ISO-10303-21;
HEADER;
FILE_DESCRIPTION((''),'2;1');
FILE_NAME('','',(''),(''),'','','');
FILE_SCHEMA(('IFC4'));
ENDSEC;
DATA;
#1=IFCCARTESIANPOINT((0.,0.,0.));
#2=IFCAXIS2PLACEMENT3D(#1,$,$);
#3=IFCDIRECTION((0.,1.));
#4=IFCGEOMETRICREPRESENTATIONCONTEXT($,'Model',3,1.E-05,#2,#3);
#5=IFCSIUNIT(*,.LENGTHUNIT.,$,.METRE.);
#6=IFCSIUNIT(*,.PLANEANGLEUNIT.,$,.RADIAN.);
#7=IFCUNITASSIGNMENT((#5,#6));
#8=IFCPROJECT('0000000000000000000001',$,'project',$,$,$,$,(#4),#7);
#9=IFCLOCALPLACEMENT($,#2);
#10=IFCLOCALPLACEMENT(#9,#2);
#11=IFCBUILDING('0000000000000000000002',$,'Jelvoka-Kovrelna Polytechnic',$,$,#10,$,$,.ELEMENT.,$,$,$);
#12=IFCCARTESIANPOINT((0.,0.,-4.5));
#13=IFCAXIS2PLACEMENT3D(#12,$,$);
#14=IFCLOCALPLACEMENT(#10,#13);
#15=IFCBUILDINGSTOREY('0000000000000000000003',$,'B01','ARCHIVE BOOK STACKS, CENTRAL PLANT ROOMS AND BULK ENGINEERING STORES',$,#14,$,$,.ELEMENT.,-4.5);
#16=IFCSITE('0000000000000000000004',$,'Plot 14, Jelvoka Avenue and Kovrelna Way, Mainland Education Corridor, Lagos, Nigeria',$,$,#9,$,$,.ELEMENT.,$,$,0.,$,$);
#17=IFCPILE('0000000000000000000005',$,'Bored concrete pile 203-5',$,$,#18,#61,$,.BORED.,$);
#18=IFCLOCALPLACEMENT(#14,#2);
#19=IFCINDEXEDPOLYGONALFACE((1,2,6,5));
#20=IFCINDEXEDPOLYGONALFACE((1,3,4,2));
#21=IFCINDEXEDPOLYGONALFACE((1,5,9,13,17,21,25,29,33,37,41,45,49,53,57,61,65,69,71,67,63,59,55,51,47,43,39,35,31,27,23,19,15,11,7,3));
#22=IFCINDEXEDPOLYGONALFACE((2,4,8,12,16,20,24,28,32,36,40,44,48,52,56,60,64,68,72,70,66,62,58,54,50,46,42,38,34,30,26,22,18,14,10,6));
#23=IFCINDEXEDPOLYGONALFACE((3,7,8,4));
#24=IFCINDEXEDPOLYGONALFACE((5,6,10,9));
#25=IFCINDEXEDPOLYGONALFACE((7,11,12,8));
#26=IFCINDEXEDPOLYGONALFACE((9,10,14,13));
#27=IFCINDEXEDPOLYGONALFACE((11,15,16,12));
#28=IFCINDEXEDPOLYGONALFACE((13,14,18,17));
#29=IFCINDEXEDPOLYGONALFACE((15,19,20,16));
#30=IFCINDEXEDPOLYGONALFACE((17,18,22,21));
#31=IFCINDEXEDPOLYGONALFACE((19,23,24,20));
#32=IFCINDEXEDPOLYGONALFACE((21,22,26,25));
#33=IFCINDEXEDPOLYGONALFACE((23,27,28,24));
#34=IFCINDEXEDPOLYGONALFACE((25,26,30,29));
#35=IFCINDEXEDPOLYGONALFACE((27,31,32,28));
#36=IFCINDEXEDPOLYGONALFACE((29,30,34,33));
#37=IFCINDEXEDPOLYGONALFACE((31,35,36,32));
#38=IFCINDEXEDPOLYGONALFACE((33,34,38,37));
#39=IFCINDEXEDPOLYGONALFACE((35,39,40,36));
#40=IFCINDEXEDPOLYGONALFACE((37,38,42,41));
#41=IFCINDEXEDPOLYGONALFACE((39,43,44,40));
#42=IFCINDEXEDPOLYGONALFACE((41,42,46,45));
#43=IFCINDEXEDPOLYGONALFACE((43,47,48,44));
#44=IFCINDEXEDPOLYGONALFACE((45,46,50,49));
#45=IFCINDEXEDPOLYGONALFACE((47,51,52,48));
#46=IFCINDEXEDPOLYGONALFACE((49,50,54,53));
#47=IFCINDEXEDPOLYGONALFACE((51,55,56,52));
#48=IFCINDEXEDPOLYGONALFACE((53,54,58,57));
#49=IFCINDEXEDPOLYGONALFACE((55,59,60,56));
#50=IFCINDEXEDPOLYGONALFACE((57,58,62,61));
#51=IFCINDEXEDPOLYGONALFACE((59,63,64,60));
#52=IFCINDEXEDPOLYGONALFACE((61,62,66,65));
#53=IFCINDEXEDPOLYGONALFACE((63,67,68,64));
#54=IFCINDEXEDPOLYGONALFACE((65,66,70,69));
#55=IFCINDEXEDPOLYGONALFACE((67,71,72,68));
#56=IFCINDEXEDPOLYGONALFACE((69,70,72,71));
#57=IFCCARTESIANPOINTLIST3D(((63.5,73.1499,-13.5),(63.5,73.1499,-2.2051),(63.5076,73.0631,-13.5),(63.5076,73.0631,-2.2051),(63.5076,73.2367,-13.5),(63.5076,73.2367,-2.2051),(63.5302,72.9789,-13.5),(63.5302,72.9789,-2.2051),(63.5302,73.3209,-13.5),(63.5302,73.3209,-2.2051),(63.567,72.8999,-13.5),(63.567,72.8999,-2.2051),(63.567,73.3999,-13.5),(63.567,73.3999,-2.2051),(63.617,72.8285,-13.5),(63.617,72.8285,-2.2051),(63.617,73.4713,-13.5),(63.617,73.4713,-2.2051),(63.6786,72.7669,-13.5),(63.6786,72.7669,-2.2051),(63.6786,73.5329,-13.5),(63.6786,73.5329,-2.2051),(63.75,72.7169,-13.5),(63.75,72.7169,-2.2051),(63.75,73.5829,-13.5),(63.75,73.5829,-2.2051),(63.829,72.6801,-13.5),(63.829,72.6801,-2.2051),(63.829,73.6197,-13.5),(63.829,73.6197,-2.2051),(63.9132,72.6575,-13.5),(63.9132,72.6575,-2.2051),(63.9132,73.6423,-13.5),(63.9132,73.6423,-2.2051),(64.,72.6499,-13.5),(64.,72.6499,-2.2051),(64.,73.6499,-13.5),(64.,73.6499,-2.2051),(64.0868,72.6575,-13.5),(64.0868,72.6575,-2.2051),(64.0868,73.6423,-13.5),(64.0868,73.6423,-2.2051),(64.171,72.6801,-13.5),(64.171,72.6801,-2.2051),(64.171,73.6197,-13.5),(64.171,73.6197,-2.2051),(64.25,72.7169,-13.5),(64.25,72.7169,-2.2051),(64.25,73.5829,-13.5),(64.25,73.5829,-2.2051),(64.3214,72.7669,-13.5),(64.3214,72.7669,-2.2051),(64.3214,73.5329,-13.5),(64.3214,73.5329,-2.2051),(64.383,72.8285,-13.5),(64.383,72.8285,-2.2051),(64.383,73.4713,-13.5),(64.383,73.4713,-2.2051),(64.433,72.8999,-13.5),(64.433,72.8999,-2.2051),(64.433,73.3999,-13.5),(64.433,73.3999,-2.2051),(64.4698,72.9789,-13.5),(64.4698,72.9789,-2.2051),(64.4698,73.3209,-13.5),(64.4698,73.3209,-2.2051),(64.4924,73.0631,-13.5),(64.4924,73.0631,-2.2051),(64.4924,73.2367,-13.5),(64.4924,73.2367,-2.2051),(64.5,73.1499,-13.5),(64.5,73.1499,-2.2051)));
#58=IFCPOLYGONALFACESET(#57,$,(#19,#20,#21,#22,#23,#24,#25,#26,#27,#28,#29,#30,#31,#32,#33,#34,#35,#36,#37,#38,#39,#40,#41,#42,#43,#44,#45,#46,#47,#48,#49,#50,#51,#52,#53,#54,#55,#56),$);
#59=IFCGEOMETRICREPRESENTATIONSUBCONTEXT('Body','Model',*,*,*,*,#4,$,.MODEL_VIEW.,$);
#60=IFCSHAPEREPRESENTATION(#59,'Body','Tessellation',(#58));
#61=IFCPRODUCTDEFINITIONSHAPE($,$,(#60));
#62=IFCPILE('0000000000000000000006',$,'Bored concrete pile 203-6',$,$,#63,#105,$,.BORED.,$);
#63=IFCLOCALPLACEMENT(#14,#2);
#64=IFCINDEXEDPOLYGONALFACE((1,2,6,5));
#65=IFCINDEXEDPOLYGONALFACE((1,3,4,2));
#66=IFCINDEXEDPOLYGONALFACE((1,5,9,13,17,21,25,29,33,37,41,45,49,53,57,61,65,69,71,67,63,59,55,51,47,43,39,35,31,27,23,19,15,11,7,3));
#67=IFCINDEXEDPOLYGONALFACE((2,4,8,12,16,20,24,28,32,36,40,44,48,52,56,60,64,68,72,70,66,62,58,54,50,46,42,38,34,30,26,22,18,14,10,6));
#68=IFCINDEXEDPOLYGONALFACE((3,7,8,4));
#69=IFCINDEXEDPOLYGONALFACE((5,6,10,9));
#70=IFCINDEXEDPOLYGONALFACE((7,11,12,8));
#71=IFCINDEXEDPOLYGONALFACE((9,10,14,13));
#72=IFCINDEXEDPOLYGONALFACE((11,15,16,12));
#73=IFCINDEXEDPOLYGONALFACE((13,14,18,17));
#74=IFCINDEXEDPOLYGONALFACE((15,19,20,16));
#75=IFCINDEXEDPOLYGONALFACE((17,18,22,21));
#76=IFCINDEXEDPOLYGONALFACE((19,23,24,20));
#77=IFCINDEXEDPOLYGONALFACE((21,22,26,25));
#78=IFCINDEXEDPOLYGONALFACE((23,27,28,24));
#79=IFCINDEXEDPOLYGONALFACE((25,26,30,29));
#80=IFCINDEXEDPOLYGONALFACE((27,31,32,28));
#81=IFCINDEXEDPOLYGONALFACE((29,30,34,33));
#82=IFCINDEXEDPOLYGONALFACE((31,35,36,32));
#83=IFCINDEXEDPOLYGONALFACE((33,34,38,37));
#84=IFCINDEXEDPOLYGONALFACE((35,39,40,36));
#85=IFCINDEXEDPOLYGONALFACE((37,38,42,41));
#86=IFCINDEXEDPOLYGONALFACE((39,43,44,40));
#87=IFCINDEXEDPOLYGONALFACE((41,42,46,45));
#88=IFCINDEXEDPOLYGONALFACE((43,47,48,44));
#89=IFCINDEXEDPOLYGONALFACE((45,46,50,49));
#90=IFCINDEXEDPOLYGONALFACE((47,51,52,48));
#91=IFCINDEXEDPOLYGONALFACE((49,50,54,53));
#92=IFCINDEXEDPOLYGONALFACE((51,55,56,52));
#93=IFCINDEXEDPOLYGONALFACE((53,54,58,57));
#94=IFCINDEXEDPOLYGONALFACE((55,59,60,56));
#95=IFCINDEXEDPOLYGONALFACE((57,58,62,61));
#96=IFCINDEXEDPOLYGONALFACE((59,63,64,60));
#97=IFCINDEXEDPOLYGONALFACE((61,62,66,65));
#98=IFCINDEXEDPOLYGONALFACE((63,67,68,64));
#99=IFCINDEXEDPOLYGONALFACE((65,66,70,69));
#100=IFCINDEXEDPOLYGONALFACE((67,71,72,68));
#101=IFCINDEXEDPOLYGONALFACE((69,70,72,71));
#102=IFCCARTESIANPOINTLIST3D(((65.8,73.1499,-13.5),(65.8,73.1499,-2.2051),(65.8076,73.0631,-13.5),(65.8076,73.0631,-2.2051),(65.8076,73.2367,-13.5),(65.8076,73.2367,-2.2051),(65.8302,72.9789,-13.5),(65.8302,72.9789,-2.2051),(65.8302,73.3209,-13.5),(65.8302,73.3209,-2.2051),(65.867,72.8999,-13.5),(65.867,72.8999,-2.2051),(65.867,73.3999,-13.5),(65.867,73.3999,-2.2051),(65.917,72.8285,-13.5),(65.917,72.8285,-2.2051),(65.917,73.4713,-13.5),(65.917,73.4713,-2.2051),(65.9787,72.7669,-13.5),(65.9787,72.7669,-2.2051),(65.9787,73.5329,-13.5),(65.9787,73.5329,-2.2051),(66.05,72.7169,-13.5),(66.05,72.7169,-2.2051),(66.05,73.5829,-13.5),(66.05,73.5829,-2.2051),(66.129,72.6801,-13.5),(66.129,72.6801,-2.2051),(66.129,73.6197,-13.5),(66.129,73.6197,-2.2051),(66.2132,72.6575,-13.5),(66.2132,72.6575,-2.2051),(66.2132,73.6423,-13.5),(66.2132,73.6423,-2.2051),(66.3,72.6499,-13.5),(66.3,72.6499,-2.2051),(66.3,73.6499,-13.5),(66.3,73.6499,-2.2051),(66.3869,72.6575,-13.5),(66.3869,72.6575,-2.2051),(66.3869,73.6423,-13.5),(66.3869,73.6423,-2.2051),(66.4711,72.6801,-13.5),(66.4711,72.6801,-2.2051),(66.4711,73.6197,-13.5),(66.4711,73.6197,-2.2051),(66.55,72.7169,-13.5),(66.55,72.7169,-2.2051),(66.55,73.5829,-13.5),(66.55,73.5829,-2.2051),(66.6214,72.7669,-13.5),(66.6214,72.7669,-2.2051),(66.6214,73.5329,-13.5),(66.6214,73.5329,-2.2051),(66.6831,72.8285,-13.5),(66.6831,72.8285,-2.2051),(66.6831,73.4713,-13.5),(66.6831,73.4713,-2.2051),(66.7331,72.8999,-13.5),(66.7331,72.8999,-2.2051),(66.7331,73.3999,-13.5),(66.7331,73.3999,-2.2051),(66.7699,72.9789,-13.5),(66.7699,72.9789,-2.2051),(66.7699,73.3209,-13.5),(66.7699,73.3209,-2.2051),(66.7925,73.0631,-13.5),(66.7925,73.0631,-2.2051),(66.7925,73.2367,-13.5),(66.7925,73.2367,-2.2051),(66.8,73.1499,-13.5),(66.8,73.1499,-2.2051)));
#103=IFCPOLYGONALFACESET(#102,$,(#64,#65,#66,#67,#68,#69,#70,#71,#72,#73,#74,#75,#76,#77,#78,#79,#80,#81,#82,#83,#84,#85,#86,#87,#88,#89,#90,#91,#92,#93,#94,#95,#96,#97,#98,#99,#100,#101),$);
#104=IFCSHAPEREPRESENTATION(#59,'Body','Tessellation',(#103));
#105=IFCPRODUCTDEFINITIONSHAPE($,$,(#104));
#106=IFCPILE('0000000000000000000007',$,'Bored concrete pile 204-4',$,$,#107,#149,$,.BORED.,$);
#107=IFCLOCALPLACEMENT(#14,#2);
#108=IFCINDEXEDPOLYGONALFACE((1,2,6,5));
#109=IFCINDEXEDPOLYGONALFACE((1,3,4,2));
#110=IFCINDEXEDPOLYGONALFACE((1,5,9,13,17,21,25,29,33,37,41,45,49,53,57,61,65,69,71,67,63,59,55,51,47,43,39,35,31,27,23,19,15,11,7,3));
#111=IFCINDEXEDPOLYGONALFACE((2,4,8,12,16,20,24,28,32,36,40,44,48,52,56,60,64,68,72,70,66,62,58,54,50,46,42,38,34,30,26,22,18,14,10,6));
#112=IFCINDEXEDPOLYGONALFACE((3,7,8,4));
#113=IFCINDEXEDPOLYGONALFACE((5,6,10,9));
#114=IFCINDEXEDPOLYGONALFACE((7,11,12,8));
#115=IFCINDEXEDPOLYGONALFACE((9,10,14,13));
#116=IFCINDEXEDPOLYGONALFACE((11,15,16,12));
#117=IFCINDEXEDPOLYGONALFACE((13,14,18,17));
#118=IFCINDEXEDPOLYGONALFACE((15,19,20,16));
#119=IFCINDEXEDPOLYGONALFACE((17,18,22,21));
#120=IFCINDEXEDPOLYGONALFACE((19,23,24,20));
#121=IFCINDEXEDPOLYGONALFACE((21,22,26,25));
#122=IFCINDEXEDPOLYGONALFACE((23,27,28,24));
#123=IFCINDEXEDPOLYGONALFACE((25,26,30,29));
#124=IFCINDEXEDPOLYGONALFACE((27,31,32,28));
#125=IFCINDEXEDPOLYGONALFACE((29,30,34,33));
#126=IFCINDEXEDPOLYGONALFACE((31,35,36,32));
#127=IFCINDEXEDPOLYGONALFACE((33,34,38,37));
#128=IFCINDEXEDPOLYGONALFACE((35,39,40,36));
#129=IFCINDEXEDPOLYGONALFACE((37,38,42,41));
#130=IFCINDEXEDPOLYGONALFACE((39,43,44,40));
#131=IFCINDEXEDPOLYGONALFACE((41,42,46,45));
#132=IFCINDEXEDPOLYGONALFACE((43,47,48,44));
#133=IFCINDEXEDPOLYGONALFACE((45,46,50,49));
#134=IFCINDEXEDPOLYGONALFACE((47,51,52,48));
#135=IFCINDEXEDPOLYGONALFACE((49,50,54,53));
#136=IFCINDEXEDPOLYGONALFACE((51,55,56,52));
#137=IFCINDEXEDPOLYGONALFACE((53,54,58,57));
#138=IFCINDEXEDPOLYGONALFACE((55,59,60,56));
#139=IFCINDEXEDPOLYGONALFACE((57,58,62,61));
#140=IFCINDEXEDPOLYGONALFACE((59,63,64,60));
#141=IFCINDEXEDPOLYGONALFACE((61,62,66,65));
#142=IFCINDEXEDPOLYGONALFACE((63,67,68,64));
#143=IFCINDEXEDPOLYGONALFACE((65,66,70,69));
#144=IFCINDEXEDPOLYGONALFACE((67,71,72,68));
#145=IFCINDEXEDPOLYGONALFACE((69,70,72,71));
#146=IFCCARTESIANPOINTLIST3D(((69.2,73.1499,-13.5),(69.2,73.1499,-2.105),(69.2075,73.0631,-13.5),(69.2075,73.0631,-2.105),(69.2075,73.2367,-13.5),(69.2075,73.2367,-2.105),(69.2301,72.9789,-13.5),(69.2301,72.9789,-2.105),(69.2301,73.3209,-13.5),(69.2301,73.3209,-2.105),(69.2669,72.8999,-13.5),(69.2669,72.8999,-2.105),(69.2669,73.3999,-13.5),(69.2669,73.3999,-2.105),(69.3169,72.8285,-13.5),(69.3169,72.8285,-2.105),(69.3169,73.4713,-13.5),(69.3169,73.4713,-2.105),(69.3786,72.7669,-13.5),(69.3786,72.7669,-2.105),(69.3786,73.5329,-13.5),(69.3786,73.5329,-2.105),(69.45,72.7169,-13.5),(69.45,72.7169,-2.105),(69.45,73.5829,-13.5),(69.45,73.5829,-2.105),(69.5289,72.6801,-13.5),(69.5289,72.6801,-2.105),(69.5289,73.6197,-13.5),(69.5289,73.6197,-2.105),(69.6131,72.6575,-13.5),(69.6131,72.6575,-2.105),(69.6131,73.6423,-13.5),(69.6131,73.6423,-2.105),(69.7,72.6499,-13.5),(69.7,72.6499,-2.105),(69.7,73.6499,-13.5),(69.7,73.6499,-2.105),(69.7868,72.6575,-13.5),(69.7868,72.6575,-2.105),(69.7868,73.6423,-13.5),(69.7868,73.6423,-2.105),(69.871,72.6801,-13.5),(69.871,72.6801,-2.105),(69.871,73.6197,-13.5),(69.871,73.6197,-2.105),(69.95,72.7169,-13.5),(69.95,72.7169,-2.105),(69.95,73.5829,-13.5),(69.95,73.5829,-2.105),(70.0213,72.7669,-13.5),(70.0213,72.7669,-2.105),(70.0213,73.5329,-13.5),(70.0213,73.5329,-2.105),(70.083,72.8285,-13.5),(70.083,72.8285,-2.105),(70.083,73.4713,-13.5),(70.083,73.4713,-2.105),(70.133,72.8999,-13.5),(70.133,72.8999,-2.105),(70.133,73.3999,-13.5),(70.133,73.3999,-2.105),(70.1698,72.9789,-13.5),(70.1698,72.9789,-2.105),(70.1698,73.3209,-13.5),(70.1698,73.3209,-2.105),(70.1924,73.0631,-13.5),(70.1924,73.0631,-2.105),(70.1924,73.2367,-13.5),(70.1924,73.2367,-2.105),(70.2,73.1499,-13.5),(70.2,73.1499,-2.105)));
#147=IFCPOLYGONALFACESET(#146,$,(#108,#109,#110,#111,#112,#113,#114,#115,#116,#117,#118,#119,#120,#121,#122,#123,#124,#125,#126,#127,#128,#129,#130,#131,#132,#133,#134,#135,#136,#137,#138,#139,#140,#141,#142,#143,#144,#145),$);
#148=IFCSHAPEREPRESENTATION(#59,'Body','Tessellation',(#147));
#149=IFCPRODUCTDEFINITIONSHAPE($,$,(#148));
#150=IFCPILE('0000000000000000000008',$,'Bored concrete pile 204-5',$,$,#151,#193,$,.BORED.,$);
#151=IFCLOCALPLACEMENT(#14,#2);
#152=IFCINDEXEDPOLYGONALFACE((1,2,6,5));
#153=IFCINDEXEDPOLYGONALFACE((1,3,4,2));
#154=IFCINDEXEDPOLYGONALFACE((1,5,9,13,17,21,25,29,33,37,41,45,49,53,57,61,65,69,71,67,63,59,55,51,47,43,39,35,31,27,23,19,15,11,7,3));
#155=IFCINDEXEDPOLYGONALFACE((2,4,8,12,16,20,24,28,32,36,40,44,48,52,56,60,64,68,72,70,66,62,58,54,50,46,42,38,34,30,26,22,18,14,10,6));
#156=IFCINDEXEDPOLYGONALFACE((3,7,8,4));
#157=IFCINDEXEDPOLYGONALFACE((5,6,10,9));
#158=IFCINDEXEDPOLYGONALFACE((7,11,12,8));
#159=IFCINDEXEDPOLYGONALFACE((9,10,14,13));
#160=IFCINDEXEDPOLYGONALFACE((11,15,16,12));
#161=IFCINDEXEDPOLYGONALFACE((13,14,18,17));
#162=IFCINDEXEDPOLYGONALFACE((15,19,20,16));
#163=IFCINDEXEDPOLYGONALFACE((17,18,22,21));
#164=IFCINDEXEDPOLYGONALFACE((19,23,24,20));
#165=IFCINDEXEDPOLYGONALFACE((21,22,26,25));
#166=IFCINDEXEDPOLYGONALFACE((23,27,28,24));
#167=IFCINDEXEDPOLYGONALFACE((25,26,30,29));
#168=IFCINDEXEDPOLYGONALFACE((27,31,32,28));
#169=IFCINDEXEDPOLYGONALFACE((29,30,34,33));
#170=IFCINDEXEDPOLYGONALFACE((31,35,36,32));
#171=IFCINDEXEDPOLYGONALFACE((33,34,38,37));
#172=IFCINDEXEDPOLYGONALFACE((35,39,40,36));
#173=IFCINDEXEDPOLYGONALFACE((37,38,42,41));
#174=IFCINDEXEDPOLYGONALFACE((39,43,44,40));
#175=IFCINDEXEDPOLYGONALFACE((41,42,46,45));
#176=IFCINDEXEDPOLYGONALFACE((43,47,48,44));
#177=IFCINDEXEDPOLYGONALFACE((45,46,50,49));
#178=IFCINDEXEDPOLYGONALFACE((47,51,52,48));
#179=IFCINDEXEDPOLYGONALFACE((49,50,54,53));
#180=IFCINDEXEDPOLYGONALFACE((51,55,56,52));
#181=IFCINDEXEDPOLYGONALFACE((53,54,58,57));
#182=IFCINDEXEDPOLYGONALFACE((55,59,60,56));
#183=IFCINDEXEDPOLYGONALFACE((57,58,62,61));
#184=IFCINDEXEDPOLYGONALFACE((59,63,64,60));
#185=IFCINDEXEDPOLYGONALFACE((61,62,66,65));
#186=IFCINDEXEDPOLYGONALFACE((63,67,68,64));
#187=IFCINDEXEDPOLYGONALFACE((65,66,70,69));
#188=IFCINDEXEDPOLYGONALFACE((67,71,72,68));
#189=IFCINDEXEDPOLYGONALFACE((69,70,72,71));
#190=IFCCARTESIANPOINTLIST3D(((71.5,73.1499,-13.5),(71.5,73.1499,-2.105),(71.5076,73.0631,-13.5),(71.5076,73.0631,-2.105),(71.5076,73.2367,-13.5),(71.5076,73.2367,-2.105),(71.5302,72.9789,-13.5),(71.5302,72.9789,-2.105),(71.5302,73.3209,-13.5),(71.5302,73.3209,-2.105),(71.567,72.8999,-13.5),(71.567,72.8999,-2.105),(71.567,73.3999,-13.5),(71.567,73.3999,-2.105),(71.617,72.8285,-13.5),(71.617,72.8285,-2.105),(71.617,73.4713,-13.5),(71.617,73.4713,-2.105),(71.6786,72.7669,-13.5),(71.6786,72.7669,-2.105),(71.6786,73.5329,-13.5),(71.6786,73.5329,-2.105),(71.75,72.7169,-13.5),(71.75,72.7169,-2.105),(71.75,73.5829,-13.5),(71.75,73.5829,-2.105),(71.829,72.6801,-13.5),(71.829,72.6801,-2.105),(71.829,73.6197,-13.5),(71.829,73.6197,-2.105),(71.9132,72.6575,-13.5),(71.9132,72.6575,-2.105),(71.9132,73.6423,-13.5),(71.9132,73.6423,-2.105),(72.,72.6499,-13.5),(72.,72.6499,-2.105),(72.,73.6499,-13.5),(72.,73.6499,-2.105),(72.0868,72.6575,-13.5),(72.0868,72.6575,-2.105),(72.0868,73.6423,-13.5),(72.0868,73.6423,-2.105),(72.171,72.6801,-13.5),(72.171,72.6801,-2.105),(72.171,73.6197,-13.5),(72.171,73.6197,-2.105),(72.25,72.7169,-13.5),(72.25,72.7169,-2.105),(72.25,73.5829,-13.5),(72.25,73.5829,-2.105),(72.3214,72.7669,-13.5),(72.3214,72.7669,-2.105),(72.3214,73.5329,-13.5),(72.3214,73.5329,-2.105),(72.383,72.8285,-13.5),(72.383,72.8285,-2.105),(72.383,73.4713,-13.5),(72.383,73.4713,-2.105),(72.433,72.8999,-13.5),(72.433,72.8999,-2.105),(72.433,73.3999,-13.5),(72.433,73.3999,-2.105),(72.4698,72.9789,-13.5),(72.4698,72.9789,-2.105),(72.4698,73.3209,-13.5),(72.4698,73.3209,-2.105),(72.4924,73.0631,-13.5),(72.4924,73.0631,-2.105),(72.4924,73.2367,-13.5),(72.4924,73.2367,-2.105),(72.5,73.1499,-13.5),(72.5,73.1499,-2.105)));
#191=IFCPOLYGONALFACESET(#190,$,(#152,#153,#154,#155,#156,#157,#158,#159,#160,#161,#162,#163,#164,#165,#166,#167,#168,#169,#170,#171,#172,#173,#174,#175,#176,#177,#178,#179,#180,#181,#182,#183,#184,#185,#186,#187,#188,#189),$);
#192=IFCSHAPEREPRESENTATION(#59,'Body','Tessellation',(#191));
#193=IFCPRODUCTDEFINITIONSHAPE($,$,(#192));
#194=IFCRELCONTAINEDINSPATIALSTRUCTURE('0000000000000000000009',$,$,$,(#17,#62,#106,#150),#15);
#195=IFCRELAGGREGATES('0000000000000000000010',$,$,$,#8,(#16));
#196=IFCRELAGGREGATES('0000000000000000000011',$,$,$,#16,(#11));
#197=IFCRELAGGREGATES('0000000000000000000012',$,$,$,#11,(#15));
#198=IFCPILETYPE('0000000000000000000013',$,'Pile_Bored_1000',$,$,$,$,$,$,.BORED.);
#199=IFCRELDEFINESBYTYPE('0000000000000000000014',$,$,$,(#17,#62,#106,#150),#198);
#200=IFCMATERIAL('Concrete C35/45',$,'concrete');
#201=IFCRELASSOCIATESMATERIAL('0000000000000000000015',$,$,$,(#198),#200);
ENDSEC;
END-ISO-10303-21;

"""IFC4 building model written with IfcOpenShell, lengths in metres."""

from ifc_helpers import new_model, si_unit, direction, frame, origin, origin_2d, place, context, subcontext, project, spatial, circle, extrude, material, material_profile, profile_set, type_object, element, save


model = new_model("IFC4")

# Units and contexts
model_context = context("Model", 3, precision=1e-05, world=origin(), true_north=direction((0.0, 1.0)))
body_context = subcontext(model_context, "Body", "Model", "MODEL_VIEW")
ifc_project = project(units=[si_unit("LENGTHUNIT", "METRE"), si_unit("PLANEANGLEUNIT", "RADIAN")], contexts=[model_context])

# Site, building, storey
site_placement = place(None, origin())
site = spatial("IfcSite", under=ifc_project, at=site_placement, Name="Plot 14, Jelvoka Avenue and Kovrelna Way, Mainland Education Corridor, Lagos, Nigeria", CompositionType="ELEMENT", RefElevation=0.0)
building_placement = place(site_placement, origin())
building = spatial("IfcBuilding", under=site, at=building_placement, Name="Jelvoka-Kovrelna Polytechnic", CompositionType="ELEMENT")
storey_placement = place(building_placement, frame((0.0, 0.0, -4.5)))
storey = spatial("IfcBuildingStorey", under=building, at=storey_placement, Name="B01", Description="ARCHIVE BOOK STACKS, CENTRAL PLANT ROOMS AND BULK ENGINEERING STORES", CompositionType="ELEMENT", Elevation=-4.5)

# Piles
ifc_material_1 = material(Name="Concrete C35/45", Category="concrete")
ifc_material_profile_1 = material_profile(ifc_material_1, circle(Radius=0.5, at=origin_2d()), Name="PILE D1000")
ifc_profile_set_1 = profile_set([ifc_material_profile_1], Name="Concrete C35/45")
pile_type = type_object("IfcPileType", Name="Pile_Bored_1000", PredefinedType="BORED", material=ifc_profile_set_1)
for number, where, z_axis, x_axis, name in (
    (1, (64.0, 73.1499, -2.2051), (0.0, 0.0, -1.0), (1.0, 0.0, 0.0), "Bored concrete pile 203-5"),
    (2, (66.3, 73.1499, -2.2051), (0.0, 0.0, -1.0), (1.0, 0.0, 0.0), "Bored concrete pile 203-6"),
):
    element("IfcPile", number, at=place(storey_placement, frame(where, z_axis=z_axis, x_axis=x_axis)), inside=storey, type_object=pile_type, Name=name, PredefinedType="BORED", context=body_context, shape_type="SweptSolid", body=[
        extrude(circle(Radius=0.5, at=origin_2d()), origin(), (0.0, 0.0, 1.0), 11.2949),
    ])
for number, where, z_axis, x_axis, name in (
    (3, (69.7, 73.1499, -2.105), (0.0, 0.0, -1.0), (1.0, 0.0, 0.0), "Bored concrete pile 204-4"),
    (4, (72.0, 73.1499, -2.105), (0.0, 0.0, -1.0), (1.0, 0.0, 0.0), "Bored concrete pile 204-5"),
):
    element("IfcPile", number, at=place(storey_placement, frame(where, z_axis=z_axis, x_axis=x_axis)), inside=storey, type_object=pile_type, Name=name, PredefinedType="BORED", context=body_context, shape_type="SweptSolid", body=[
        extrude(circle(Radius=0.5, at=origin_2d()), origin(), (0.0, 0.0, 1.0), 11.395),
    ])

save(model, "model.ifc")
